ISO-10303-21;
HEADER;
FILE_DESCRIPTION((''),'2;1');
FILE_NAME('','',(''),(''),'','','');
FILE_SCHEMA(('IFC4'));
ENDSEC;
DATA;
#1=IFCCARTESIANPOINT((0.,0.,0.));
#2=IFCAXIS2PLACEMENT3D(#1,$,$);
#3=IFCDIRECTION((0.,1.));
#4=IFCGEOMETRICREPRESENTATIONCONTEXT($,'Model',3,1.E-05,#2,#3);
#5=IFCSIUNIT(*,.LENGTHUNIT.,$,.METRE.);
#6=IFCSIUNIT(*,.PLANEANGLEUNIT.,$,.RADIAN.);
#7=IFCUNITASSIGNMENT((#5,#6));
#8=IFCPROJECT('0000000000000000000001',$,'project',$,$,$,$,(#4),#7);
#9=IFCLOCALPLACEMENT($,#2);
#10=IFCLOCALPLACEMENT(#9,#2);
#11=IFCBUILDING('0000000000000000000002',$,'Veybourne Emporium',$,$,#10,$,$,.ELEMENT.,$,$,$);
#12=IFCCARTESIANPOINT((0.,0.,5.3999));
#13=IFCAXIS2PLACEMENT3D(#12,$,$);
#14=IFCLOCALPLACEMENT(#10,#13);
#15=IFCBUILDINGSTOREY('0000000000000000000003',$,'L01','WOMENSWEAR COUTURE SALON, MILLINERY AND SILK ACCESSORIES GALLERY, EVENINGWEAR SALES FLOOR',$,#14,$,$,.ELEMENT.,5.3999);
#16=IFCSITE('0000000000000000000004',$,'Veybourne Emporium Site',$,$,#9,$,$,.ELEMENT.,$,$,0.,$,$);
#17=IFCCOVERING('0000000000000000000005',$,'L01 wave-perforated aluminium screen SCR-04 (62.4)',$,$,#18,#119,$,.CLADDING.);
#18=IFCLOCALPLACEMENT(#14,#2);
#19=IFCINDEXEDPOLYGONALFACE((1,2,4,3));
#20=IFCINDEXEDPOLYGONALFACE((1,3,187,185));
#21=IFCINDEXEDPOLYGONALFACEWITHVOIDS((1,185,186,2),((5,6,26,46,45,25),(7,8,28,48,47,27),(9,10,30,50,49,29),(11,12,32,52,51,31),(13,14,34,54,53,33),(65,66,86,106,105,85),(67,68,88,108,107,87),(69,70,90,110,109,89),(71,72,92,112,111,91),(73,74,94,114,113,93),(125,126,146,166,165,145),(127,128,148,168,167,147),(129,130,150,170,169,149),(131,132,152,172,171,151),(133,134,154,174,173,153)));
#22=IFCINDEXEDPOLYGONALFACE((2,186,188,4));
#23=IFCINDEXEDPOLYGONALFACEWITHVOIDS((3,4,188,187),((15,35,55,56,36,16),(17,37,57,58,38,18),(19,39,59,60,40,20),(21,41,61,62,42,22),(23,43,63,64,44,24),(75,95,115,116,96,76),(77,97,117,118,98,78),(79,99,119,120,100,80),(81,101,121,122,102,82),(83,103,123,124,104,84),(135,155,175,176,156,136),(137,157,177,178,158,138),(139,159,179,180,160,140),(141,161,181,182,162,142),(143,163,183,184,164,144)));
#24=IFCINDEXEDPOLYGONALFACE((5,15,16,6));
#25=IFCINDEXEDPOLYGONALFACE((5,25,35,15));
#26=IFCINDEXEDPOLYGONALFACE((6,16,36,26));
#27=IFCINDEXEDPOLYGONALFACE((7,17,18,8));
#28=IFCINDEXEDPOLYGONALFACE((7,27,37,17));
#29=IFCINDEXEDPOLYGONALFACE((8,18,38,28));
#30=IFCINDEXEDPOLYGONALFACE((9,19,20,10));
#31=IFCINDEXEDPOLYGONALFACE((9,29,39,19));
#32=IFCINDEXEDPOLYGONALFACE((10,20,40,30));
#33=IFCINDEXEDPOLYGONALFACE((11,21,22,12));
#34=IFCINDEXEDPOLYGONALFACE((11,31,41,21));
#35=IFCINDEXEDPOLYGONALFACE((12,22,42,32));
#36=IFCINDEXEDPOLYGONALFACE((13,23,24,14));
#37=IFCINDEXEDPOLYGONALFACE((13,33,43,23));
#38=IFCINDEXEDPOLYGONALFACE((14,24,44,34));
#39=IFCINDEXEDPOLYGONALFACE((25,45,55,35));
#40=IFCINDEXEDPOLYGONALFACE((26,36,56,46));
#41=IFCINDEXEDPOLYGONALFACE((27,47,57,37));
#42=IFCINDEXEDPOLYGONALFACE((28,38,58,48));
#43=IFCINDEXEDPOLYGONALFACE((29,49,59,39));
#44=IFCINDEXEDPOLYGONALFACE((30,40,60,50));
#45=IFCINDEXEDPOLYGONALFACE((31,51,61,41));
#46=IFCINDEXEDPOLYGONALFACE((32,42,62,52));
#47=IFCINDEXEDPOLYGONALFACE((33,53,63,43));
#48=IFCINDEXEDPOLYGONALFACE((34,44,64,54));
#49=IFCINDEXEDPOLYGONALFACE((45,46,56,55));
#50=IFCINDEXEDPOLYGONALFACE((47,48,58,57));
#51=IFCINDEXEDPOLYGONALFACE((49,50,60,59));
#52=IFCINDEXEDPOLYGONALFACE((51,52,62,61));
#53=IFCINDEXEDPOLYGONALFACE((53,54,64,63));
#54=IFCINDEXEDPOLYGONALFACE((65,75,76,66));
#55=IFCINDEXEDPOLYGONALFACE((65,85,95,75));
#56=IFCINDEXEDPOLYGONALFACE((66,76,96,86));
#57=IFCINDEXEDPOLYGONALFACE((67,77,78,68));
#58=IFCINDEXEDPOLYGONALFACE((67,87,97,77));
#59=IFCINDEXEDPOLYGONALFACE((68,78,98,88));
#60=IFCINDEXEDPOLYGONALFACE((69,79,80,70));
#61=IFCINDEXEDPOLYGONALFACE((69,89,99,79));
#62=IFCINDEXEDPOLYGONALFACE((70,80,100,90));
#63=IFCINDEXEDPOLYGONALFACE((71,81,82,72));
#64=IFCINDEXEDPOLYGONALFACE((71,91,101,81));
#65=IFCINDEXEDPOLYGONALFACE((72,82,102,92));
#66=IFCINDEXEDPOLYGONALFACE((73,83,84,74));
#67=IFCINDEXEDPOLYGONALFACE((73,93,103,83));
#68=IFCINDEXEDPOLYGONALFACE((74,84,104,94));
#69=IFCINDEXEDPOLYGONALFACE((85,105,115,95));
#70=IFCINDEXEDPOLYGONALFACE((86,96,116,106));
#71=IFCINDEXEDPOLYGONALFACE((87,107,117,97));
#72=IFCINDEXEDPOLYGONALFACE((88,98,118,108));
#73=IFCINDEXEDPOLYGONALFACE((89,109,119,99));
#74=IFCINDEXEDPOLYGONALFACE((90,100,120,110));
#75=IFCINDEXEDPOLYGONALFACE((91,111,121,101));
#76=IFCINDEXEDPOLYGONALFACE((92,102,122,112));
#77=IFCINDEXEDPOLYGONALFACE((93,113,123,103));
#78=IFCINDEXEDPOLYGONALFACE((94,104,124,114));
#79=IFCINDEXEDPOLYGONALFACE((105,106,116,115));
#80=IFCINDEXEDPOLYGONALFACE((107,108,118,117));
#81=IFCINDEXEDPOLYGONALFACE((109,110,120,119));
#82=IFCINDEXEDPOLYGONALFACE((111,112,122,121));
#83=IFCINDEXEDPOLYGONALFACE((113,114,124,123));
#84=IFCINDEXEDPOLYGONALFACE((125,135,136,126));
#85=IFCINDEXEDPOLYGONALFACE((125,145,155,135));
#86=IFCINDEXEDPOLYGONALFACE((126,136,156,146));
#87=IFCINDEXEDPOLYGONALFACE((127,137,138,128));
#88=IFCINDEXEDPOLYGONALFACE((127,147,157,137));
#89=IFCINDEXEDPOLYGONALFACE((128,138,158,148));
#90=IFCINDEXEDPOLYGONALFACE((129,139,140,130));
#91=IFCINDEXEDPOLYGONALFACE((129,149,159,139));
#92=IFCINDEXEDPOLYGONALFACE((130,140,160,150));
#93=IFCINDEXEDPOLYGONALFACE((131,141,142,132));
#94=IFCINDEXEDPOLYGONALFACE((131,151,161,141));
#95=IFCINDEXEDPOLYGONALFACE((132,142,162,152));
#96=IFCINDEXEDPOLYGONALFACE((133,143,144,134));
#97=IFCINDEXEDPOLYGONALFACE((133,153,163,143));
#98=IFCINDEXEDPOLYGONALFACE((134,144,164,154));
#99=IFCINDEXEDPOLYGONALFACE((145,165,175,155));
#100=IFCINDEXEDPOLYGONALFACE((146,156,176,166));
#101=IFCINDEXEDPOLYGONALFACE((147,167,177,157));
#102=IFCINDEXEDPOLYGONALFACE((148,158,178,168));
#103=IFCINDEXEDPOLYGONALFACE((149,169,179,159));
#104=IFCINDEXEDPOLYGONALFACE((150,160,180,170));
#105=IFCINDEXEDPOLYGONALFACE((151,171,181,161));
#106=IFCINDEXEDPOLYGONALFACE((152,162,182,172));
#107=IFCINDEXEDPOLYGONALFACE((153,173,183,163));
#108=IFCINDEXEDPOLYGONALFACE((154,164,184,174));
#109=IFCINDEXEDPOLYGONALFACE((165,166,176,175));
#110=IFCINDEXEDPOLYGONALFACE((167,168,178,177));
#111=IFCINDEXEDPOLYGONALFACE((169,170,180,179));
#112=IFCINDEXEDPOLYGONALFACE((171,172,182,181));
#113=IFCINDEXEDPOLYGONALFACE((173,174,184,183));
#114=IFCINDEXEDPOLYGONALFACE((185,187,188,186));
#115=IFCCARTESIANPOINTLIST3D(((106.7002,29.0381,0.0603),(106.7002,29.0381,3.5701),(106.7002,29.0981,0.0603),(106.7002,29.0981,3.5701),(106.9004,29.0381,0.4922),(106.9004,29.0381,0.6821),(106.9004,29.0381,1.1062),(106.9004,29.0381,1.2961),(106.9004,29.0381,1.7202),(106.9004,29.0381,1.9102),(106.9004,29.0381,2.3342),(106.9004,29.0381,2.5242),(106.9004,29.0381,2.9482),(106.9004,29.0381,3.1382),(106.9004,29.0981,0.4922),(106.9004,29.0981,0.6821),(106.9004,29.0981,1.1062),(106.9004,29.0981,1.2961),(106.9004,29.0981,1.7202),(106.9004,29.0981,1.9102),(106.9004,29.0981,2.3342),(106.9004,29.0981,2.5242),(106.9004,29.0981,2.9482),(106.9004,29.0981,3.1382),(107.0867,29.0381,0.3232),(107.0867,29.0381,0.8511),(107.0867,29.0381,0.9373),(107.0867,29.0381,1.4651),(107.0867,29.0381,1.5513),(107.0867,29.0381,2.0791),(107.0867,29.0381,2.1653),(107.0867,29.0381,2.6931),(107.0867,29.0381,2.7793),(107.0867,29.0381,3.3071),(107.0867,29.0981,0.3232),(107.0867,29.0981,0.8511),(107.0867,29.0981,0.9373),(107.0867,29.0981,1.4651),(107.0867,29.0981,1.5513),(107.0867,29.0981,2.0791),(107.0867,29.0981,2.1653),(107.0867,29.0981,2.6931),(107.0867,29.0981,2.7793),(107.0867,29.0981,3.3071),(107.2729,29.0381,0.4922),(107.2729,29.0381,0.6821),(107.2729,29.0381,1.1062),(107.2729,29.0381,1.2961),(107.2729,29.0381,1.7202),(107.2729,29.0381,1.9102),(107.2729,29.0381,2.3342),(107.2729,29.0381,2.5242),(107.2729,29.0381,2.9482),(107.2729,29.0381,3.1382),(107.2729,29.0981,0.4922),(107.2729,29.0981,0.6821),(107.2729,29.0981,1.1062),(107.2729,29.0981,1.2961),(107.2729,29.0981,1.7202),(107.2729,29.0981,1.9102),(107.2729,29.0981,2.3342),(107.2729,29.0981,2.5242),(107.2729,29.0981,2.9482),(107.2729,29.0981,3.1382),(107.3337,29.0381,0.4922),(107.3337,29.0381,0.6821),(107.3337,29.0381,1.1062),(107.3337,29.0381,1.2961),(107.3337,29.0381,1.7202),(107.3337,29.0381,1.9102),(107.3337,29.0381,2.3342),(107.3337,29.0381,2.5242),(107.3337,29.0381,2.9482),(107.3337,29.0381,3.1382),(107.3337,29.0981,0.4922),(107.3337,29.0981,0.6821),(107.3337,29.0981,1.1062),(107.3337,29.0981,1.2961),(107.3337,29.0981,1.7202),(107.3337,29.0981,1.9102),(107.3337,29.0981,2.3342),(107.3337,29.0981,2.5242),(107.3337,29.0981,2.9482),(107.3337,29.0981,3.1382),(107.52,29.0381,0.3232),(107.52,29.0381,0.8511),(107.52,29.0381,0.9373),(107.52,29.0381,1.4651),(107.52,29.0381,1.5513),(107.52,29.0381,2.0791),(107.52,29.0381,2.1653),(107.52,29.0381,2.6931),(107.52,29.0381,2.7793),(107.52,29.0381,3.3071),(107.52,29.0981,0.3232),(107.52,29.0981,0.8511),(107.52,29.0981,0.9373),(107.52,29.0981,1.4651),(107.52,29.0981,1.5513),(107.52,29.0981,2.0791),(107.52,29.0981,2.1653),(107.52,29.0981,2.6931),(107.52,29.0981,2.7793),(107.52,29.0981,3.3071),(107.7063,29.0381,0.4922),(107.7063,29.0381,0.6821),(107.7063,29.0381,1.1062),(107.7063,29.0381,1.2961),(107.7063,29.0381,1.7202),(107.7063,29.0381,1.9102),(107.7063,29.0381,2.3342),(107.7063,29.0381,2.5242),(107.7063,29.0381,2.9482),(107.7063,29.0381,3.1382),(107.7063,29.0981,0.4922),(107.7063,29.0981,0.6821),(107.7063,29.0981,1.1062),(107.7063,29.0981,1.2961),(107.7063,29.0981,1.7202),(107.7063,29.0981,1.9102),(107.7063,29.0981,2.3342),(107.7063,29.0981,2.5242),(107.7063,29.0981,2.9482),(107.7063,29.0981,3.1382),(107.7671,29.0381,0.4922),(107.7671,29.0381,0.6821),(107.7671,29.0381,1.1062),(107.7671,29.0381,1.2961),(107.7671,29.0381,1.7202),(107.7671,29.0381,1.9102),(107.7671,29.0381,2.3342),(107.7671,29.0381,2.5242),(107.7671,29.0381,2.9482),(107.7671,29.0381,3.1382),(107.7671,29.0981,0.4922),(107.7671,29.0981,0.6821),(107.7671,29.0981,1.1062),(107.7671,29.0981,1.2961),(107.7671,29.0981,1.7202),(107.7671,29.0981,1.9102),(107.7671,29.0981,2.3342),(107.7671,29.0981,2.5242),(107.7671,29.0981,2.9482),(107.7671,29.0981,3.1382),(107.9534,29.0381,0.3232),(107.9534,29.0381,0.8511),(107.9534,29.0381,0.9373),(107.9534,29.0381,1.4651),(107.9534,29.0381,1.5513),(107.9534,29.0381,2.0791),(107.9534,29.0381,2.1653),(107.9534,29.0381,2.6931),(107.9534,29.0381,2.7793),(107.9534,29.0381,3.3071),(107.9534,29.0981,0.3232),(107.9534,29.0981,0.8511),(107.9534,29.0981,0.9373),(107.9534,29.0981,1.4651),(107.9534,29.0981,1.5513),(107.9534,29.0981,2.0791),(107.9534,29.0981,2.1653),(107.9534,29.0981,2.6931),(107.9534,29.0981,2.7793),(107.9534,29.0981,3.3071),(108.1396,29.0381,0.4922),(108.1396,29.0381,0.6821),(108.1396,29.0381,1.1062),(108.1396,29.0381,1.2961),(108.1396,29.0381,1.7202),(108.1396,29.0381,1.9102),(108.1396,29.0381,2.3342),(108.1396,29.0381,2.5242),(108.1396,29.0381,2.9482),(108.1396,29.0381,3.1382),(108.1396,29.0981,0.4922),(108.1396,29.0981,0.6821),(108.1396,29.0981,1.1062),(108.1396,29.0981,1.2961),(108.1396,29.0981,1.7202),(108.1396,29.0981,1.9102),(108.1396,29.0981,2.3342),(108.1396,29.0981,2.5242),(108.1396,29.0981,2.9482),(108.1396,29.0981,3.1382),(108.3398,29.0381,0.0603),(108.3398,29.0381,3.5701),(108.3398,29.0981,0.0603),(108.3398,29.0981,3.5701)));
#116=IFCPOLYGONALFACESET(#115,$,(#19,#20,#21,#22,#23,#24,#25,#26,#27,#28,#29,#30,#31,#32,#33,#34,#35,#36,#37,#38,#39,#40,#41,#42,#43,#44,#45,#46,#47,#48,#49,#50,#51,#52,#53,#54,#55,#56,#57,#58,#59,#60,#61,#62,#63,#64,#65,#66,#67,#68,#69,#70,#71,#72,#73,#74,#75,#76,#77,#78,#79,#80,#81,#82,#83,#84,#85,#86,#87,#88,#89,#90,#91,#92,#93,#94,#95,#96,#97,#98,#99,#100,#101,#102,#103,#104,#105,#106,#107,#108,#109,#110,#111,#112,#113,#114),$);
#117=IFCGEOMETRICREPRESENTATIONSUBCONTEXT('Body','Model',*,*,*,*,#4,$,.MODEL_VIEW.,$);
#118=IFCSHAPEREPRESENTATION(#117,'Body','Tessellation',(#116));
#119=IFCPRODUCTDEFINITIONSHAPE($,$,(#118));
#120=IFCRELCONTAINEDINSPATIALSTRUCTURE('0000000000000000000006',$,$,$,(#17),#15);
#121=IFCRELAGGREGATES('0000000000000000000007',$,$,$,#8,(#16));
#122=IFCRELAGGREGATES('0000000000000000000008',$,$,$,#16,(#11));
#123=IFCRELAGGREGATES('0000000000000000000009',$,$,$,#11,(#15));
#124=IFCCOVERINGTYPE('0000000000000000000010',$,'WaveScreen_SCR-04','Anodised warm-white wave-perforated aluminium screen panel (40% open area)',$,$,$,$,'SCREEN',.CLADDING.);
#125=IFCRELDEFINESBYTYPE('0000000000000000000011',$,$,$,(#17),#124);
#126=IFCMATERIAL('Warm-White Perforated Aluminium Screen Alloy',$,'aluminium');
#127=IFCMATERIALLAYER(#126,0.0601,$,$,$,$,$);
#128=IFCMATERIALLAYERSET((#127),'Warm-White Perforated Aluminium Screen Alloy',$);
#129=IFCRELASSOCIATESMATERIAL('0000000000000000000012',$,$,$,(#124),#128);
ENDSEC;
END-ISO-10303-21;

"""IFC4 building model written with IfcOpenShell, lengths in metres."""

from ifc_helpers import new_model, si_unit, direction, frame, origin, place, context, subcontext, project, spatial, polyline, outline, extrude, material, layer, layer_set, type_object, element, save


model = new_model("IFC4")

# Units and contexts
model_context = context("Model", 3, precision=1e-05, world=origin(), true_north=direction((0.0, 1.0)))
body_context = subcontext(model_context, "Body", "Model", "MODEL_VIEW")
ifc_project = project(units=[si_unit("LENGTHUNIT", "METRE"), si_unit("PLANEANGLEUNIT", "RADIAN")], contexts=[model_context])

# Site, building, storey
site_placement = place(None, origin())
site = spatial("IfcSite", under=ifc_project, at=site_placement, Name="Veybourne Emporium Site", CompositionType="ELEMENT", RefElevation=0.0)
building_placement = place(site_placement, origin())
building = spatial("IfcBuilding", under=site, at=building_placement, Name="Veybourne Emporium", CompositionType="ELEMENT")
storey_placement = place(building_placement, frame((0.0, 0.0, 5.3999)))
storey = spatial("IfcBuildingStorey", under=building, at=storey_placement, Name="L01", Description="WOMENSWEAR COUTURE SALON, MILLINERY AND SILK ACCESSORIES GALLERY, EVENINGWEAR SALES FLOOR", CompositionType="ELEMENT", Elevation=5.3999)

# Covering
ifc_material_1 = material(Name="Warm-White Perforated Aluminium Screen Alloy", Category="aluminium")
ifc_layer_1 = layer(ifc_material_1, 0.0601)
ifc_layer_set_1 = layer_set([ifc_layer_1], Name="Warm-White Perforated Aluminium Screen Alloy")
covering_type_1 = type_object("IfcCoveringType", Name="WaveScreen_SCR-04", Description="Anodised warm-white wave-perforated aluminium screen panel (40% open area)", ElementType="SCREEN", PredefinedType="CLADDING", material=ifc_layer_set_1)
covering_1_placement = place(storey_placement, frame((107.52, 29.0981, 1.8152), z_axis=(0.0, -1.0, 0.0), x_axis=(1.0, 0.0, 0.0)))
element("IfcCovering", 1, at=covering_1_placement, inside=storey, type_object=covering_type_1, Name="L01 wave-perforated aluminium screen SCR-04 (62.4)", PredefinedType="CLADDING", context=body_context, shape_type="SweptSolid", body=[
    extrude(outline(polyline([(-0.8198, -1.7549), (0.8198, -1.7549), (0.8198, 1.7549), (-0.8198, 1.7549), (-0.8198, -1.7549)]), holes=[polyline([(-0.4333, -0.9641), (-0.2471, -1.1331), (-0.2471, -1.323), (-0.4333, -1.4919), (-0.6196, -1.323), (-0.6196, -1.1331), (-0.4333, -0.9641)]), polyline([(-0.4333, -0.3501), (-0.2471, -0.519), (-0.2471, -0.709), (-0.4333, -0.8779), (-0.6196, -0.709), (-0.6196, -0.519), (-0.4333, -0.3501)]), polyline([(-0.4333, 0.2639), (-0.2471, 0.095), (-0.2471, -0.095), (-0.4333, -0.2639), (-0.6196, -0.095), (-0.6196, 0.095), (-0.4333, 0.2639)]), polyline([(-0.4333, 0.8779), (-0.2471, 0.709), (-0.2471, 0.519), (-0.4333, 0.3501), (-0.6196, 0.519), (-0.6196, 0.709), (-0.4333, 0.8779)]), polyline([(-0.4333, 1.4919), (-0.2471, 1.323), (-0.2471, 1.1331), (-0.4333, 0.9641), (-0.6196, 1.1331), (-0.6196, 1.323), (-0.4333, 1.4919)]), polyline([(0.0, -0.9641), (0.1863, -1.1331), (0.1863, -1.323), (0.0, -1.4919), (-0.1863, -1.323), (-0.1863, -1.1331), (0.0, -0.9641)]), polyline([(0.0, -0.3501), (0.1863, -0.519), (0.1863, -0.709), (0.0, -0.8779), (-0.1863, -0.709), (-0.1863, -0.519), (0.0, -0.3501)]), polyline([(0.0, 0.2639), (0.1863, 0.095), (0.1863, -0.095), (0.0, -0.2639), (-0.1863, -0.095), (-0.1863, 0.095), (0.0, 0.2639)]), polyline([(0.0, 0.8779), (0.1863, 0.709), (0.1863, 0.519), (0.0, 0.3501), (-0.1863, 0.519), (-0.1863, 0.709), (0.0, 0.8779)]), polyline([(0.0, 1.4919), (0.1863, 1.323), (0.1863, 1.1331), (0.0, 0.9641), (-0.1863, 1.1331), (-0.1863, 1.323), (0.0, 1.4919)]), polyline([(0.4333, -0.9641), (0.6196, -1.1331), (0.6196, -1.323), (0.4333, -1.4919), (0.2471, -1.323), (0.2471, -1.1331), (0.4333, -0.9641)]), polyline([(0.4333, -0.3501), (0.6196, -0.519), (0.6196, -0.709), (0.4333, -0.8779), (0.2471, -0.709), (0.2471, -0.519), (0.4333, -0.3501)]), polyline([(0.4333, 0.2639), (0.6196, 0.095), (0.6196, -0.095), (0.4333, -0.2639), (0.2471, -0.095), (0.2471, 0.095), (0.4333, 0.2639)]), polyline([(0.4333, 0.8779), (0.6196, 0.709), (0.6196, 0.519), (0.4333, 0.3501), (0.2471, 0.519), (0.2471, 0.709), (0.4333, 0.8779)]), polyline([(0.4333, 1.4919), (0.6196, 1.323), (0.6196, 1.1331), (0.4333, 0.9641), (0.2471, 1.1331), (0.2471, 1.323), (0.4333, 1.4919)])]), origin(), (0.0, 0.0, 1.0), 0.0601),
])

save(model, "model.ifc")
